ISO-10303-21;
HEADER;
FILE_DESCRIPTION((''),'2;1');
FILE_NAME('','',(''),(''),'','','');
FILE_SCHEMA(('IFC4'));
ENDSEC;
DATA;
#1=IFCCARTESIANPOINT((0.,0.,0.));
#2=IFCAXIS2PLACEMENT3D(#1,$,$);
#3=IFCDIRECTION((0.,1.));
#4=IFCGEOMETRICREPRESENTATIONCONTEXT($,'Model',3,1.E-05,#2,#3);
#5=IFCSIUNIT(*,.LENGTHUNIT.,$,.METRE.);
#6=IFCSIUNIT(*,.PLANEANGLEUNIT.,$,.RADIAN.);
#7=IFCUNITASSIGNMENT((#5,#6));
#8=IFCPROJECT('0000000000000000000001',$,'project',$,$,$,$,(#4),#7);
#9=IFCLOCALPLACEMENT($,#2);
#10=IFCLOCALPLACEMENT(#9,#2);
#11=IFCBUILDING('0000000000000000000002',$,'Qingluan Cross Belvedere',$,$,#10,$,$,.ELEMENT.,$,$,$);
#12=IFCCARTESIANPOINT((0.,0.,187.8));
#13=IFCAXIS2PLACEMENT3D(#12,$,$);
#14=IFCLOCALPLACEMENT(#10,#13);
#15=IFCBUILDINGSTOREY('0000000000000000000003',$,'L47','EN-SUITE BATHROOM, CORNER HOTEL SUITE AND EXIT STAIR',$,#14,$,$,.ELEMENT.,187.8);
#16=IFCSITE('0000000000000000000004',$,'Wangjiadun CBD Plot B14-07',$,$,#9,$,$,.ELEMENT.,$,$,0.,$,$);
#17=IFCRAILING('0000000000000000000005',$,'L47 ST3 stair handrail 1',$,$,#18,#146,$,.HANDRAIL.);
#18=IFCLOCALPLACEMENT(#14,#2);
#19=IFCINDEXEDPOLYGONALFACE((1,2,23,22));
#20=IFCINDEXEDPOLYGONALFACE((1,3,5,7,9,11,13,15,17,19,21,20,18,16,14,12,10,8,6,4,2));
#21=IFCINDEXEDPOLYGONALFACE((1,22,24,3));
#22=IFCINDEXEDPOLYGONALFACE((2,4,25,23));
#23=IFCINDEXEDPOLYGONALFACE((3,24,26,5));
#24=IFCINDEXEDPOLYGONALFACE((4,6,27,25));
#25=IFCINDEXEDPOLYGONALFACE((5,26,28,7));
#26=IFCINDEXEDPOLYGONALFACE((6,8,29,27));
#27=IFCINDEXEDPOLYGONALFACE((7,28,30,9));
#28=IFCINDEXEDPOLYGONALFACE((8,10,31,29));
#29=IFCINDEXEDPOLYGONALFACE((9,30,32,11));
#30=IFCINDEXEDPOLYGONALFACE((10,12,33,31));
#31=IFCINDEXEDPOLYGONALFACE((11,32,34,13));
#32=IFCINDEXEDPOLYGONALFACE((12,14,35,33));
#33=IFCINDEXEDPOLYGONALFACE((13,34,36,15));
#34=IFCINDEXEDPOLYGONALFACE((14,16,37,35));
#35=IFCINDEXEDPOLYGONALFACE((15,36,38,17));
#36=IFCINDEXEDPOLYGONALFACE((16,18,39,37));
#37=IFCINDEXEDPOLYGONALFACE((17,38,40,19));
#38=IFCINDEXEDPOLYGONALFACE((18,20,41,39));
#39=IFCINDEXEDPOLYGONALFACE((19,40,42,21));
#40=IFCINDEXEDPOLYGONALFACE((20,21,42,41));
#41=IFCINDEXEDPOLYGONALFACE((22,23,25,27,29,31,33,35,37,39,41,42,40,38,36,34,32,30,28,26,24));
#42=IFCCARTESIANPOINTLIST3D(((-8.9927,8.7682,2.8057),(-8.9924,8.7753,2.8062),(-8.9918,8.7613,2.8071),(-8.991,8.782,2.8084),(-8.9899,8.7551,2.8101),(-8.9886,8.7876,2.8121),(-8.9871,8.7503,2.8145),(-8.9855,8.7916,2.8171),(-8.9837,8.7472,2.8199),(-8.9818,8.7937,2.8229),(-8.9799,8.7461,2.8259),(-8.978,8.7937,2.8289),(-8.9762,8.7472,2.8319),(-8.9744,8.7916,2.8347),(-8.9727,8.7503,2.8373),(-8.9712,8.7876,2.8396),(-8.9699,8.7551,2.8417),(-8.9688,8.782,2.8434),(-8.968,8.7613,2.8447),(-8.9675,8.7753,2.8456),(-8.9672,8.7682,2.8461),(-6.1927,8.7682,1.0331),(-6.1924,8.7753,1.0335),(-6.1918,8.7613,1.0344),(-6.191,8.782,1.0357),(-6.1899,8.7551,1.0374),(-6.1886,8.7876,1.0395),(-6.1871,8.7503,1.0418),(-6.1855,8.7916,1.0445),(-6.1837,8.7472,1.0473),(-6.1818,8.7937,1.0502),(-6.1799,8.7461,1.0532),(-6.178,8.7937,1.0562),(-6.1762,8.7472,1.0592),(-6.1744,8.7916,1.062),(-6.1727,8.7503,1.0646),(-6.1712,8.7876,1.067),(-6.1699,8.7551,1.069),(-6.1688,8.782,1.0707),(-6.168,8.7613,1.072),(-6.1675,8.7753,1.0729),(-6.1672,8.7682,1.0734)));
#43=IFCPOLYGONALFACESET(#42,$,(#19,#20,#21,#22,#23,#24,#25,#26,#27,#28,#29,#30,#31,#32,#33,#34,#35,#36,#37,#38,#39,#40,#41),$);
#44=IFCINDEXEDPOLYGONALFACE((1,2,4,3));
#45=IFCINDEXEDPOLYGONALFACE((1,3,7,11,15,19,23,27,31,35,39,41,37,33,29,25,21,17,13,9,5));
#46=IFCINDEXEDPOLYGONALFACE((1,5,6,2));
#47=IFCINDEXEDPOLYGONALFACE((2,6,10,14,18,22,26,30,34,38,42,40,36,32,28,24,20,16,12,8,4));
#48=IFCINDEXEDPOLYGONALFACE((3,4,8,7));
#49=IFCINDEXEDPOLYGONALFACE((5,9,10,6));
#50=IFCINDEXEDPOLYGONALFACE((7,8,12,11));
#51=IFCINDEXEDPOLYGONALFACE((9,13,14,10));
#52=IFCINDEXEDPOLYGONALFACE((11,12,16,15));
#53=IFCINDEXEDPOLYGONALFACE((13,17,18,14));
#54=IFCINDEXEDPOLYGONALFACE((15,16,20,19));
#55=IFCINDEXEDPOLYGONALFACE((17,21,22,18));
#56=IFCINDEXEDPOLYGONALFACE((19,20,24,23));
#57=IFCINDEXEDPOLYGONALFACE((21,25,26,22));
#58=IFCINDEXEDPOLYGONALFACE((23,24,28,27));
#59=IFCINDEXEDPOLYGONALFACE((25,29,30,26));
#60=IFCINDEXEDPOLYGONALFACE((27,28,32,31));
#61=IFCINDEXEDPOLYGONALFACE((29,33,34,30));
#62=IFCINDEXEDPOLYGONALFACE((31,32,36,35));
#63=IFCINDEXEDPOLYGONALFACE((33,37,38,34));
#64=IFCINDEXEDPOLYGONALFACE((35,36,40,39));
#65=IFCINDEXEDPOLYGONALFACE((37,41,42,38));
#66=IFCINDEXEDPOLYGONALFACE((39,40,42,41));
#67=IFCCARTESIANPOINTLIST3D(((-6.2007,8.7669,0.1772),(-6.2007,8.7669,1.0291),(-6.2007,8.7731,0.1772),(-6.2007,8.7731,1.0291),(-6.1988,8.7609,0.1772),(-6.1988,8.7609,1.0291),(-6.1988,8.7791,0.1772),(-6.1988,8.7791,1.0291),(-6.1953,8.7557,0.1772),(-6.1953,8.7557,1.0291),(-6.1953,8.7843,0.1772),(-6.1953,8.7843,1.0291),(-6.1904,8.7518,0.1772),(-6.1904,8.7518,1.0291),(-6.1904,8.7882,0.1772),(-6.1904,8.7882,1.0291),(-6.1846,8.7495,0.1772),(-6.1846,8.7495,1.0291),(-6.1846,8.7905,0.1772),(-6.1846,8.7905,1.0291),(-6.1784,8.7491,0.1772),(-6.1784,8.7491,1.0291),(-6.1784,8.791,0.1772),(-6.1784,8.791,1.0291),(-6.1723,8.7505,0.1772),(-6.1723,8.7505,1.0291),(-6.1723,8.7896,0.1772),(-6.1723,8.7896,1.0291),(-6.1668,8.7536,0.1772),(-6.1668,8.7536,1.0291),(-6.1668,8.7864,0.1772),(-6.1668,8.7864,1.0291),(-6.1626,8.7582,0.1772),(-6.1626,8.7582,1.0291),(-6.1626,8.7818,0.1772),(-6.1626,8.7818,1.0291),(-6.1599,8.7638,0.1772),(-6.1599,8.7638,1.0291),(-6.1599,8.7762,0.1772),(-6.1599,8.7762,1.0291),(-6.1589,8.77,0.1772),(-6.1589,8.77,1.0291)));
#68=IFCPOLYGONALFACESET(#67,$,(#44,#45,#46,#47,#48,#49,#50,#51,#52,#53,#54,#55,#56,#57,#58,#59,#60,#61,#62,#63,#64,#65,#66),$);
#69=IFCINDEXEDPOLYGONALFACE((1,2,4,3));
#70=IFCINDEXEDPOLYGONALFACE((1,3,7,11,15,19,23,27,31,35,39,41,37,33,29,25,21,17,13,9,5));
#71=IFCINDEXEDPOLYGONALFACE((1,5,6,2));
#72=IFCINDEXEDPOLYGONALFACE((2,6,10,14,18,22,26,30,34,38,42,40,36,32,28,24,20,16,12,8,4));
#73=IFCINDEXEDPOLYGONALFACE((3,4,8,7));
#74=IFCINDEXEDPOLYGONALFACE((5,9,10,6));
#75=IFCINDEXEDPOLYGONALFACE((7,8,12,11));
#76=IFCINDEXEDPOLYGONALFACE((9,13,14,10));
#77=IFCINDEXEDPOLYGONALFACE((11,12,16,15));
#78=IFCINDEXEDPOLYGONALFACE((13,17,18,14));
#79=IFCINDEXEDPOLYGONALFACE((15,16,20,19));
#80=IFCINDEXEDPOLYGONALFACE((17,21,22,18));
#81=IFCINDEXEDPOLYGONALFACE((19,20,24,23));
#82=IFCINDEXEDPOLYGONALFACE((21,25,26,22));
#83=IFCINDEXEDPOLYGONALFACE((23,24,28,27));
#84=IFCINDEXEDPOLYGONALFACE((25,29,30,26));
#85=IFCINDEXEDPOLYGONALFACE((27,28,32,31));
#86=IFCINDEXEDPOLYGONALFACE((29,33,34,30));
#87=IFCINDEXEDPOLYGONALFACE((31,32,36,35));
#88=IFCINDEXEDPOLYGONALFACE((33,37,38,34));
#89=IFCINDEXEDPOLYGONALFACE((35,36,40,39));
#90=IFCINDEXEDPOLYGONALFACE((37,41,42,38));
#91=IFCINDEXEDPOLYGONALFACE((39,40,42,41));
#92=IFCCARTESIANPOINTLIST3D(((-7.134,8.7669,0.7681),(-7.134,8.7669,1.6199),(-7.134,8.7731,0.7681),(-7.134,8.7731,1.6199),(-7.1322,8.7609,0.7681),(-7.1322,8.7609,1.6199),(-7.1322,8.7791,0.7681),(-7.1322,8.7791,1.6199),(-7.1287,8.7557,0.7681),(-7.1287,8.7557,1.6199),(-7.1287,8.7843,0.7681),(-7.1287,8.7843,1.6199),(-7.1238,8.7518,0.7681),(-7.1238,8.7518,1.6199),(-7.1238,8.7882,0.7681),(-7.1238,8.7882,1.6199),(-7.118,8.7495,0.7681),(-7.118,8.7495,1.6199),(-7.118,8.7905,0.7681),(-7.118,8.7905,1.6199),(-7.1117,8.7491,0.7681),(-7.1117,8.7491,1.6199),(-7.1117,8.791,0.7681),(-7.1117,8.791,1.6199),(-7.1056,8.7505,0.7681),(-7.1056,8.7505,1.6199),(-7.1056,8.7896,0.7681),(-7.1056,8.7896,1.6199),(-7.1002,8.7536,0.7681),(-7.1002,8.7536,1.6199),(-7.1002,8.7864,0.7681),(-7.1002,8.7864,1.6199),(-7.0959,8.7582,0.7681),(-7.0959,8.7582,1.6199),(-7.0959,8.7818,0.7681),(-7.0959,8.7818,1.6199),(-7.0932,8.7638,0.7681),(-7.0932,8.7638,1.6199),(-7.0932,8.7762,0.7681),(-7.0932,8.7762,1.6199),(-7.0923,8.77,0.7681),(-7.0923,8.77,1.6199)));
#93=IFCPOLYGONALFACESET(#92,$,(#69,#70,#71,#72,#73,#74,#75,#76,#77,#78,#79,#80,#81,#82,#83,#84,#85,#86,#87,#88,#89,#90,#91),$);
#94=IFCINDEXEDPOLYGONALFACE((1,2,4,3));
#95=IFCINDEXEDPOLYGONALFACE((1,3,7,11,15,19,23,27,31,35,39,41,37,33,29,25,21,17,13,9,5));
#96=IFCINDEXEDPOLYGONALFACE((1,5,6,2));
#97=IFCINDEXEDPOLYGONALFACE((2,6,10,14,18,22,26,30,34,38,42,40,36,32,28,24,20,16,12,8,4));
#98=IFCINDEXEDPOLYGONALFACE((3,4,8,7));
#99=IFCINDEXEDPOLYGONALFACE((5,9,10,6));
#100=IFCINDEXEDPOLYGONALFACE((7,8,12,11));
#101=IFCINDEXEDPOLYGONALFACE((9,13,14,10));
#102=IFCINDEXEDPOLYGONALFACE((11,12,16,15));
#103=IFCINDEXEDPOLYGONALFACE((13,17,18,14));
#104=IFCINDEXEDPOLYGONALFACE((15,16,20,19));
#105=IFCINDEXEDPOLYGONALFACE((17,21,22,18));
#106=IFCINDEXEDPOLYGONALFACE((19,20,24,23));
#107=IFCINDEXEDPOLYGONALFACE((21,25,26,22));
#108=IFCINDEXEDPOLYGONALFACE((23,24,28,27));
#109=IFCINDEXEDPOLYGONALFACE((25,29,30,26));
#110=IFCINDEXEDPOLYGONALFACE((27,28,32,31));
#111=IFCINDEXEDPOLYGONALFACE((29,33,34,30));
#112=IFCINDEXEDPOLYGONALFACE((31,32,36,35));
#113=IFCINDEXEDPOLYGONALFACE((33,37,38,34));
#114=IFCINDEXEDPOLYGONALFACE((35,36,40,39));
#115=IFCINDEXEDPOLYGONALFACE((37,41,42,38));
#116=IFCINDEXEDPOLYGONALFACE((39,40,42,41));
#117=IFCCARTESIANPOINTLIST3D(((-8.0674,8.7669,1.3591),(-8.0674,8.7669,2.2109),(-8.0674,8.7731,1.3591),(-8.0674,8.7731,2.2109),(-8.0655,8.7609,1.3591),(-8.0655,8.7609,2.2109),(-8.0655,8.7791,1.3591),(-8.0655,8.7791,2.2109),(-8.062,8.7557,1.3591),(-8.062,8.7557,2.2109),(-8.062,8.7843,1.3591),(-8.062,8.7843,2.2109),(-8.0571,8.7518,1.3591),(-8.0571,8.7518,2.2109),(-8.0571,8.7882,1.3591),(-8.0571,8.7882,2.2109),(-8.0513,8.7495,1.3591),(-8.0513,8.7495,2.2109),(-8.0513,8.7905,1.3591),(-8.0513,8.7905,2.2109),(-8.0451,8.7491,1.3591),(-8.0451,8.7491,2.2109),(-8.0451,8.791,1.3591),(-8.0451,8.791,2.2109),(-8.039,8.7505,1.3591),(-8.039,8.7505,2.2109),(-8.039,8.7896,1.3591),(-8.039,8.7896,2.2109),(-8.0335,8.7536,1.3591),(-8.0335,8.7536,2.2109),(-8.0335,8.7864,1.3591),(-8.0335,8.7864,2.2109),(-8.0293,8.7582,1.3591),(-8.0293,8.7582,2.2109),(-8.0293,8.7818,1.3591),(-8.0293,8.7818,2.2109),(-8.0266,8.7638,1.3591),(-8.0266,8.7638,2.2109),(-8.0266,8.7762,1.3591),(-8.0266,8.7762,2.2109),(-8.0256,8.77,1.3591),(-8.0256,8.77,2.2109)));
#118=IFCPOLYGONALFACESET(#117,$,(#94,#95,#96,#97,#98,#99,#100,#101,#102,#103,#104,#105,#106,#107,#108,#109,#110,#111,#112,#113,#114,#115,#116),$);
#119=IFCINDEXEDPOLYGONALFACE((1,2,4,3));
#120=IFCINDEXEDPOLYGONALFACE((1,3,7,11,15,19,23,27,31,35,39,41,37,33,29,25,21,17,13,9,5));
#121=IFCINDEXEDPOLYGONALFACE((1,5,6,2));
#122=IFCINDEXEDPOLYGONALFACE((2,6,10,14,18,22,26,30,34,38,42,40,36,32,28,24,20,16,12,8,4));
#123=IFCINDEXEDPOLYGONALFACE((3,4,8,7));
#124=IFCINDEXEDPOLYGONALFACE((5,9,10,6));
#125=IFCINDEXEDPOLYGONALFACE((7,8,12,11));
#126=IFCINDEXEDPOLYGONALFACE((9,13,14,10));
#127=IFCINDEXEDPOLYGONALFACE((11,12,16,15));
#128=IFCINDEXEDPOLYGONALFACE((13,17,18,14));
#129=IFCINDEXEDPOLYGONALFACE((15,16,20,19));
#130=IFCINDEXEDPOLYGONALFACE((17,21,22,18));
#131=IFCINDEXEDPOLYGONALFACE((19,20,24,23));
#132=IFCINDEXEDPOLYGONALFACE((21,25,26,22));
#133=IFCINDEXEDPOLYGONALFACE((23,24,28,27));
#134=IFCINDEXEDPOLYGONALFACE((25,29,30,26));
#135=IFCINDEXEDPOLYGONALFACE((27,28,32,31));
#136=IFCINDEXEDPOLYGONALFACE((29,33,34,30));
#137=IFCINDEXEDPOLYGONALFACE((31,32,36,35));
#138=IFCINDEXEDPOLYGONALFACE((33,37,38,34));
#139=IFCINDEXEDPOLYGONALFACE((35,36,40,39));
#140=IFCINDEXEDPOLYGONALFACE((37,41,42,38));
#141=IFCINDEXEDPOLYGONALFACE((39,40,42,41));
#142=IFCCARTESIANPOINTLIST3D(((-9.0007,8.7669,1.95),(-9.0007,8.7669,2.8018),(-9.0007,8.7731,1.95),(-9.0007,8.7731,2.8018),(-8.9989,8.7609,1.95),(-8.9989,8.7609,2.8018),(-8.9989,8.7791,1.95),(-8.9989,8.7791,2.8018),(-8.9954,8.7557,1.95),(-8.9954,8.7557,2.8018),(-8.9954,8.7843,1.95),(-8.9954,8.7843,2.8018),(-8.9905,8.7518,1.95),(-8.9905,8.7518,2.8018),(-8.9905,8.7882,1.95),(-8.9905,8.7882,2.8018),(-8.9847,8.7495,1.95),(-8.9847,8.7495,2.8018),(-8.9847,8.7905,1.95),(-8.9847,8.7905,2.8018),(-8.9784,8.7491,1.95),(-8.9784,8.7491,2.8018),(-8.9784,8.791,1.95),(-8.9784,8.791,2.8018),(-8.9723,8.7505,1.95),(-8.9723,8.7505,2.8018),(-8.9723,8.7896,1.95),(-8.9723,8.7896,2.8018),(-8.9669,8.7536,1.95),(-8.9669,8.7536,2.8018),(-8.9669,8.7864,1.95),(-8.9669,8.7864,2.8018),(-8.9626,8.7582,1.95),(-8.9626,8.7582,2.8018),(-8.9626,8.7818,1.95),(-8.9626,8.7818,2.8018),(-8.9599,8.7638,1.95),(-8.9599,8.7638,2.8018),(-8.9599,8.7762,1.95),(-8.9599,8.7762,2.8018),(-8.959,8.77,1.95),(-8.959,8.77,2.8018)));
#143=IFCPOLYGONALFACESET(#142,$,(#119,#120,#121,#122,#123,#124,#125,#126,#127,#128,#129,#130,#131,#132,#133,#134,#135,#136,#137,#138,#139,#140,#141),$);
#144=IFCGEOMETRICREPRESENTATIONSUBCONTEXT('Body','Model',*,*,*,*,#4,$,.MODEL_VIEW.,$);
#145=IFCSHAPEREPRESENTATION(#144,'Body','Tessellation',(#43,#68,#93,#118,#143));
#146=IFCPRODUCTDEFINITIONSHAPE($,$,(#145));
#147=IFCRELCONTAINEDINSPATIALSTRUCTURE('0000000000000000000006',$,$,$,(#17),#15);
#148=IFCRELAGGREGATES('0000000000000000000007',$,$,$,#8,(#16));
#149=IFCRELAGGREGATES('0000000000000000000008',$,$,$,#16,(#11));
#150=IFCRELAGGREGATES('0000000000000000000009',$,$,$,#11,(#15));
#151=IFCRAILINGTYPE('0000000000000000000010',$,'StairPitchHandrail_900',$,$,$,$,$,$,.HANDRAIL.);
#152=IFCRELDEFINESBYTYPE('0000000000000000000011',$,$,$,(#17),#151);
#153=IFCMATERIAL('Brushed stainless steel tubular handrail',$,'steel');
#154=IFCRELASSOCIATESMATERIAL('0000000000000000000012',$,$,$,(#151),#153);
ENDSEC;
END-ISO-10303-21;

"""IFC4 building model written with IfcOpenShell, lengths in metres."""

from ifc_helpers import new_model, si_unit, direction, frame, origin, origin_2d, place, context, subcontext, project, spatial, circle, extrude, material, type_object, element, save


model = new_model("IFC4")

# Units and contexts
model_context = context("Model", 3, precision=1e-05, world=origin(), true_north=direction((0.0, 1.0)))
body_context = subcontext(model_context, "Body", "Model", "MODEL_VIEW")
ifc_project = project(units=[si_unit("LENGTHUNIT", "METRE"), si_unit("PLANEANGLEUNIT", "RADIAN")], contexts=[model_context])

# Site, building, storey
site_placement = place(None, origin())
site = spatial("IfcSite", under=ifc_project, at=site_placement, Name="Wangjiadun CBD Plot B14-07", CompositionType="ELEMENT", RefElevation=0.0)
building_placement = place(site_placement, origin())
building = spatial("IfcBuilding", under=site, at=building_placement, Name="Qingluan Cross Belvedere", CompositionType="ELEMENT")
storey_placement = place(building_placement, frame((0.0, 0.0, 187.8)))
storey = spatial("IfcBuildingStorey", under=building, at=storey_placement, Name="L47", Description="EN-SUITE BATHROOM, CORNER HOTEL SUITE AND EXIT STAIR", CompositionType="ELEMENT", Elevation=187.8)

# Railing
ifc_material_1 = material(Name="Brushed stainless steel tubular handrail", Category="steel")
railing_type = type_object("IfcRailingType", Name="StairPitchHandrail_900", PredefinedType="HANDRAIL", material=ifc_material_1)
railing_placement = place(storey_placement, frame((-6.1799, 8.77, 0.1772)))
element("IfcRailing", 1, at=railing_placement, inside=storey, type_object=railing_type, Name="L47 ST3 stair handrail 1", PredefinedType="HANDRAIL", context=body_context, shape_type="SweptSolid", body=[
    extrude(circle(Radius=0.0239, at=origin_2d()), frame((0.0, 0.0, 0.876), z_axis=(-0.844909, 0.0, 0.53491), x_axis=(0.0, -1.0, 0.0)), (0.0, 0.0, 1.0), 3.314),
    extrude(circle(Radius=0.021, at=origin_2d()), origin(), (0.0, 0.0, 1.0), 0.8518),
    extrude(circle(Radius=0.021, at=origin_2d()), frame((-0.9333, 0.0, 0.5908)), (0.0, 0.0, 1.0), 0.8518),
    extrude(circle(Radius=0.021, at=origin_2d()), frame((-1.8667, 0.0, 1.1819)), (0.0, 0.0, 1.0), 0.8518),
    extrude(circle(Radius=0.021, at=origin_2d()), frame((-2.8, 0.0, 1.7727)), (0.0, 0.0, 1.0), 0.8518),
])

save(model, "model.ifc")
